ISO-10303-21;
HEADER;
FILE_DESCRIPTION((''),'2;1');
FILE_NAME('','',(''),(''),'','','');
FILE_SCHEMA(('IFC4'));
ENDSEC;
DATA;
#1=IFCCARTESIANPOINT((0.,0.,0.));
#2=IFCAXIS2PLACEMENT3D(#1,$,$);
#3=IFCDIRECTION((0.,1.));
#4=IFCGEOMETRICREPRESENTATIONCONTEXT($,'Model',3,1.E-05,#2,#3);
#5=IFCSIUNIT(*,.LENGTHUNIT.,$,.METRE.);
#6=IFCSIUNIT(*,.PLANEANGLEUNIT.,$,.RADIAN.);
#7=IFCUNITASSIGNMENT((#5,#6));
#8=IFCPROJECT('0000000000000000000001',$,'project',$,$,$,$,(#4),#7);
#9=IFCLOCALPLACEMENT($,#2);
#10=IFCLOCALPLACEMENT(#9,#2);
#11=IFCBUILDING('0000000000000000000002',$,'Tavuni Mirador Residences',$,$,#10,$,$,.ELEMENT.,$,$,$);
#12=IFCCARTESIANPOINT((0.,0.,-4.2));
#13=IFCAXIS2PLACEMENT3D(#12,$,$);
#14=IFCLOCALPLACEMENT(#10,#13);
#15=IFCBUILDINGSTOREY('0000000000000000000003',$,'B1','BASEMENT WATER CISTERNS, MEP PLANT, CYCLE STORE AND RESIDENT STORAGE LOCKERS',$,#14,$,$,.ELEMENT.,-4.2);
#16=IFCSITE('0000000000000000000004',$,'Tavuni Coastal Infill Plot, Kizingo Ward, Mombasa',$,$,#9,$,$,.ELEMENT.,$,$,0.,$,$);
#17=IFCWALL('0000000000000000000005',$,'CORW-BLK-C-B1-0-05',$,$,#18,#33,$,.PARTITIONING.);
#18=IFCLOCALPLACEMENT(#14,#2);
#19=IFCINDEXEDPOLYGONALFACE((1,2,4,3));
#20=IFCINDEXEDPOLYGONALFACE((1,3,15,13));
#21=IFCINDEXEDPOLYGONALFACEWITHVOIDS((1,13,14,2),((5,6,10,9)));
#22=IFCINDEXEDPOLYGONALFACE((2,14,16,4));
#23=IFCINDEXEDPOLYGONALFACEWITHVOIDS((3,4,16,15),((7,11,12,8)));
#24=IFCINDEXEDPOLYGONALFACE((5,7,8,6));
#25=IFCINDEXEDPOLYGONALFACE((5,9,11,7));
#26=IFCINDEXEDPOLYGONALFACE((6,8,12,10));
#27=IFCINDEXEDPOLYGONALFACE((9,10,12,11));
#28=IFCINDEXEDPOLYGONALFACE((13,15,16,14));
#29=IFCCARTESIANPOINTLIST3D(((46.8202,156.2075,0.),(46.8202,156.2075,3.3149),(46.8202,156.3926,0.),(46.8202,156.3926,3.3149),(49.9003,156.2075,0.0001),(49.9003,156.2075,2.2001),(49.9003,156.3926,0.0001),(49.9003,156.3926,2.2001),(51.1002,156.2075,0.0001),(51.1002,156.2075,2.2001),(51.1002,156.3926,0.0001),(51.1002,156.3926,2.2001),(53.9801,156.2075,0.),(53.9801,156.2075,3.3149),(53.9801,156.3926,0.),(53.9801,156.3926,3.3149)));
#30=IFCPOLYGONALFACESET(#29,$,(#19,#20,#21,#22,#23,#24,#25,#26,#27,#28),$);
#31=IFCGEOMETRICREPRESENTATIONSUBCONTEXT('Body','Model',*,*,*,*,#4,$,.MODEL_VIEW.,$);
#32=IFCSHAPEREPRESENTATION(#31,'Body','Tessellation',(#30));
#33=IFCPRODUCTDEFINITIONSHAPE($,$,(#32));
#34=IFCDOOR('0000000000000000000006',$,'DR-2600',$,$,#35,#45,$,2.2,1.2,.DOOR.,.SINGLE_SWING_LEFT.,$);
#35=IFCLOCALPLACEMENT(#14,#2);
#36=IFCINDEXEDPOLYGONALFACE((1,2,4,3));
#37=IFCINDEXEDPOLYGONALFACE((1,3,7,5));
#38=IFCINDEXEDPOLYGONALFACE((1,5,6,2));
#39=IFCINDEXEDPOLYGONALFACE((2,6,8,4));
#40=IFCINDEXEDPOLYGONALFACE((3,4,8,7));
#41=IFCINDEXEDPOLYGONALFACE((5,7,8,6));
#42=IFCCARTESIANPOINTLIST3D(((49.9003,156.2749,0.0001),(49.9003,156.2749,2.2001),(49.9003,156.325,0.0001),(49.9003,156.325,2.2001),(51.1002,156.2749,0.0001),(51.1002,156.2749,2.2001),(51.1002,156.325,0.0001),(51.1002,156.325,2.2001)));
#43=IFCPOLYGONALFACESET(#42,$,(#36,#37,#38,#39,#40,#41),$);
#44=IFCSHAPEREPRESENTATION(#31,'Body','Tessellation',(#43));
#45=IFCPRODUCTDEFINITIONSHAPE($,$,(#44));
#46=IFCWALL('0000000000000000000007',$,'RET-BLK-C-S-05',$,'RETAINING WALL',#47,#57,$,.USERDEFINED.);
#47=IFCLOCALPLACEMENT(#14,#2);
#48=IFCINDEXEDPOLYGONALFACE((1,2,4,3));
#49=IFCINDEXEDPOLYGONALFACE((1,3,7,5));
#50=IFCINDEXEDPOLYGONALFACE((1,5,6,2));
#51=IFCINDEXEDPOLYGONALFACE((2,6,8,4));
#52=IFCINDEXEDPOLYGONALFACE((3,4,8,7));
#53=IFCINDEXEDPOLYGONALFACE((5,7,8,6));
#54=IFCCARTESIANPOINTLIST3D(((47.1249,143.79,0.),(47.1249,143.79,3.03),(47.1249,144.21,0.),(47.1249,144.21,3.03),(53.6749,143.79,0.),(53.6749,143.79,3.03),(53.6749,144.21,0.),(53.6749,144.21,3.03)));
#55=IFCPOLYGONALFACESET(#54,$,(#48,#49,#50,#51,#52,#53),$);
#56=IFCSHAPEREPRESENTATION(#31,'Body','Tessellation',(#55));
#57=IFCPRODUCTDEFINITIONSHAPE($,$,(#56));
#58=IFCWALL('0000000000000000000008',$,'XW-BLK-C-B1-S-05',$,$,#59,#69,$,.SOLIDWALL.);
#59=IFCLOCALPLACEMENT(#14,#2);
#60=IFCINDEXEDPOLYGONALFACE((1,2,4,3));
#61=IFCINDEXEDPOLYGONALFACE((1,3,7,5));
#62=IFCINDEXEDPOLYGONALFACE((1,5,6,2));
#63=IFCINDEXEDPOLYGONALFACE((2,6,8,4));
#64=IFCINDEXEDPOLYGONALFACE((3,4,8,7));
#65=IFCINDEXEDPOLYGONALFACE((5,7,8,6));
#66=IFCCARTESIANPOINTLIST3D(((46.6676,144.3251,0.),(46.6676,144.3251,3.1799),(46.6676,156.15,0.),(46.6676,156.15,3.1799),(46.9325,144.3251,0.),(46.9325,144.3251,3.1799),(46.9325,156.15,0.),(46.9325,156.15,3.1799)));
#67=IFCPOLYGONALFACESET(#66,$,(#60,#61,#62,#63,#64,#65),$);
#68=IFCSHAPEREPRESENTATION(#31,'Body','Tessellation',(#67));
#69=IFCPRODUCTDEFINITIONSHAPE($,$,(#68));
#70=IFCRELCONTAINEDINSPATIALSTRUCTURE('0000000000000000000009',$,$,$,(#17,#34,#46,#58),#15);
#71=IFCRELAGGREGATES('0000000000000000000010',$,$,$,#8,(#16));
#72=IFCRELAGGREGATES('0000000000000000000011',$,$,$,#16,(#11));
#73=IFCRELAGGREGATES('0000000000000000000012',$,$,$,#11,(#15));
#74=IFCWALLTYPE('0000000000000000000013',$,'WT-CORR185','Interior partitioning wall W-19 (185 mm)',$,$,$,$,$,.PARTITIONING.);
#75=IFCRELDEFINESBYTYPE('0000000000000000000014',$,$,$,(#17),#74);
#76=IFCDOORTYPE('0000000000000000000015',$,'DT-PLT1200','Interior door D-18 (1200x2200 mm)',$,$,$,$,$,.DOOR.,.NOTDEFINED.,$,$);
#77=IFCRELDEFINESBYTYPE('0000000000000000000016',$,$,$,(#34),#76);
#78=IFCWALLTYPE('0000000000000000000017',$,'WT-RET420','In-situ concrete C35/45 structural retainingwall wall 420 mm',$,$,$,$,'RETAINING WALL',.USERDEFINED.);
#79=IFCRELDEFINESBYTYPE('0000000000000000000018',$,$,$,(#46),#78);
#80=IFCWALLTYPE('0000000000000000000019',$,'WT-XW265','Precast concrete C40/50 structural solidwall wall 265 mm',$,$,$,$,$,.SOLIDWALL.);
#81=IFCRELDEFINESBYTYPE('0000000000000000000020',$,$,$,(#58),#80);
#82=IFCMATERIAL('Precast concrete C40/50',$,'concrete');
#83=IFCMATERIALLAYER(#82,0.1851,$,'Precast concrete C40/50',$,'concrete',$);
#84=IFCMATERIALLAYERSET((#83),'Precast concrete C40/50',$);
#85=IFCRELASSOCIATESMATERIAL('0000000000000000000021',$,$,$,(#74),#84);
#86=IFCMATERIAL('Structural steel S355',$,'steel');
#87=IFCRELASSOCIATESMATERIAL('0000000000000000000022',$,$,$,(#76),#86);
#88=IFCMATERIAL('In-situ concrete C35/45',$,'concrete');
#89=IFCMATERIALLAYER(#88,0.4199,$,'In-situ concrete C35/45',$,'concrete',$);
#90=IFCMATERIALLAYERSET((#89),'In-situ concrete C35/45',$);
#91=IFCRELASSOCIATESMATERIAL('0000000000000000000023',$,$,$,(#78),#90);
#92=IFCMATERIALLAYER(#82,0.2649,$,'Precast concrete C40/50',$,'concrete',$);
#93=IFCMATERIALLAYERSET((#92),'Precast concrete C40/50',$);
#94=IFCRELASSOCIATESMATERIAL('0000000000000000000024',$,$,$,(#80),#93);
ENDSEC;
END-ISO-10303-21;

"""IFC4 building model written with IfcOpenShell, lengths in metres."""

from ifc_helpers import new_model, si_unit, direction, frame, frame_2d, origin, place, context, subcontext, project, spatial, rectangle, extrude, material, layer, layer_set, type_object, element, fill, save


model = new_model("IFC4")

# Units and contexts
model_context = context("Model", 3, precision=1e-05, world=origin(), true_north=direction((0.0, 1.0)))
body_context = subcontext(model_context, "Body", "Model", "MODEL_VIEW")
ifc_project = project(units=[si_unit("LENGTHUNIT", "METRE"), si_unit("PLANEANGLEUNIT", "RADIAN")], contexts=[model_context])

# Site, building, storey
site_placement = place(None, origin())
site = spatial("IfcSite", under=ifc_project, at=site_placement, Name="Tavuni Coastal Infill Plot, Kizingo Ward, Mombasa", CompositionType="ELEMENT", RefElevation=0.0)
building_placement = place(site_placement, origin())
building = spatial("IfcBuilding", under=site, at=building_placement, Name="Tavuni Mirador Residences", CompositionType="ELEMENT")
storey_placement = place(building_placement, frame((0.0, 0.0, -4.2)))
storey = spatial("IfcBuildingStorey", under=building, at=storey_placement, Name="B1", Description="BASEMENT WATER CISTERNS, MEP PLANT, CYCLE STORE AND RESIDENT STORAGE LOCKERS", CompositionType="ELEMENT", Elevation=-4.2)

# Shared definitions
ifc_material_1 = material(Name="In-situ concrete C35/45", Category="concrete")

# Shared definitions
ifc_material_2 = material(Name="Precast concrete C40/50", Category="concrete")

# Wall, opening, door
ifc_layer_1 = layer(ifc_material_2, 0.1851, Name="Precast concrete C40/50", Category="concrete")
ifc_layer_set_1 = layer_set([ifc_layer_1], Name="Precast concrete C40/50")
wall_type_1 = type_object("IfcWallType", Name="WT-CORR185", Description="Interior partitioning wall W-19 (185 mm)", PredefinedType="PARTITIONING", material=ifc_layer_set_1)
wall_1_placement = place(storey_placement, frame((46.8201, 156.3, 0.0), z_axis=(0.0, 0.0, 1.0), x_axis=(1.0, 0.0, 0.0)))
wall_1 = element("IfcWall", 1, at=wall_1_placement, inside=storey, type_object=wall_type_1, Name="CORW-BLK-C-B1-0-05", PredefinedType="PARTITIONING", context=body_context, shape_type="SweptSolid", body=[
    extrude(rectangle(XDim=7.1599, YDim=0.1851, at=frame_2d((3.5801, 0.0))), origin(), (0.0, 0.0, 1.0), 3.3149),
])
opening_placement = place(wall_1_placement, frame((3.0801, 0.0, 0.0)))
opening = element("IfcOpeningElement", 2, at=opening_placement, cuts=wall_1, PredefinedType="OPENING", context=body_context, shape_type="SweptSolid", body=[
    extrude(rectangle(XDim=1.2, YDim=2.2, at=frame_2d((0.6001, 1.1001))), frame((0.0, 0.1025, 0.0), z_axis=(0.0, -1.0, 0.0), x_axis=(1.0, 0.0, 0.0)), (0.0, 0.0, 1.0), 0.2051),
])
ifc_material_3 = material(Name="Structural steel S355", Category="steel")
door_type = type_object("IfcDoorType", Name="DT-PLT1200", Description="Interior door D-18 (1200x2200 mm)", OperationType="NOTDEFINED", PredefinedType="DOOR", material=ifc_material_3)
door_placement = place(opening_placement, origin())
door = element("IfcDoor", 3, at=door_placement, inside=storey, type_object=door_type, Name="DR-2600", OperationType="SINGLE_SWING_LEFT", OverallHeight=2.2, OverallWidth=1.2, PredefinedType="DOOR", context=body_context, shape_type="SweptSolid", body=[
    extrude(rectangle(XDim=1.2, YDim=2.2, at=frame_2d((0.6001, 1.1001))), frame((0.0, 0.0249, 0.0), z_axis=(0.0, -1.0, 0.0), x_axis=(1.0, 0.0, 0.0)), (0.0, 0.0, 1.0), 0.05),
])
fill(opening, door)

# Walls
ifc_layer_2 = layer(ifc_material_1, 0.4199, Name="In-situ concrete C35/45", Category="concrete")
ifc_layer_set_2 = layer_set([ifc_layer_2], Name="In-situ concrete C35/45")
wall_type_2 = type_object("IfcWallType", Name="WT-RET420", Description="In-situ concrete C35/45 structural retainingwall wall 420 mm", ElementType="RETAINING WALL", PredefinedType="USERDEFINED", material=ifc_layer_set_2)
wall_2_placement = place(storey_placement, frame((47.125, 144.0, 0.0), z_axis=(0.0, 0.0, 1.0), x_axis=(1.0, 0.0, 0.0)))
element("IfcWall", 4, at=wall_2_placement, inside=storey, type_object=wall_type_2, Name="RET-BLK-C-S-05", ObjectType="RETAINING WALL", PredefinedType="USERDEFINED", context=body_context, shape_type="SweptSolid", body=[
    extrude(rectangle(XDim=6.55, YDim=0.4199, at=frame_2d((3.2749, 0.0))), origin(), (0.0, 0.0, 1.0), 3.03),
])
ifc_layer_3 = layer(ifc_material_2, 0.2649, Name="Precast concrete C40/50", Category="concrete")
ifc_layer_set_3 = layer_set([ifc_layer_3], Name="Precast concrete C40/50")
wall_type_3 = type_object("IfcWallType", Name="WT-XW265", Description="Precast concrete C40/50 structural solidwall wall 265 mm", PredefinedType="SOLIDWALL", material=ifc_layer_set_3)
wall_3_placement = place(storey_placement, frame((46.8, 144.325, 0.0), z_axis=(0.0, 0.0, 1.0), x_axis=(0.0, 1.0, 0.0)))
element("IfcWall", 5, at=wall_3_placement, inside=storey, type_object=wall_type_3, Name="XW-BLK-C-B1-S-05", PredefinedType="SOLIDWALL", context=body_context, shape_type="SweptSolid", body=[
    extrude(rectangle(XDim=11.825, YDim=0.2649, at=frame_2d((5.9126, 0.0))), origin(), (0.0, 0.0, 1.0), 3.1799),
])

save(model, "model.ifc")
